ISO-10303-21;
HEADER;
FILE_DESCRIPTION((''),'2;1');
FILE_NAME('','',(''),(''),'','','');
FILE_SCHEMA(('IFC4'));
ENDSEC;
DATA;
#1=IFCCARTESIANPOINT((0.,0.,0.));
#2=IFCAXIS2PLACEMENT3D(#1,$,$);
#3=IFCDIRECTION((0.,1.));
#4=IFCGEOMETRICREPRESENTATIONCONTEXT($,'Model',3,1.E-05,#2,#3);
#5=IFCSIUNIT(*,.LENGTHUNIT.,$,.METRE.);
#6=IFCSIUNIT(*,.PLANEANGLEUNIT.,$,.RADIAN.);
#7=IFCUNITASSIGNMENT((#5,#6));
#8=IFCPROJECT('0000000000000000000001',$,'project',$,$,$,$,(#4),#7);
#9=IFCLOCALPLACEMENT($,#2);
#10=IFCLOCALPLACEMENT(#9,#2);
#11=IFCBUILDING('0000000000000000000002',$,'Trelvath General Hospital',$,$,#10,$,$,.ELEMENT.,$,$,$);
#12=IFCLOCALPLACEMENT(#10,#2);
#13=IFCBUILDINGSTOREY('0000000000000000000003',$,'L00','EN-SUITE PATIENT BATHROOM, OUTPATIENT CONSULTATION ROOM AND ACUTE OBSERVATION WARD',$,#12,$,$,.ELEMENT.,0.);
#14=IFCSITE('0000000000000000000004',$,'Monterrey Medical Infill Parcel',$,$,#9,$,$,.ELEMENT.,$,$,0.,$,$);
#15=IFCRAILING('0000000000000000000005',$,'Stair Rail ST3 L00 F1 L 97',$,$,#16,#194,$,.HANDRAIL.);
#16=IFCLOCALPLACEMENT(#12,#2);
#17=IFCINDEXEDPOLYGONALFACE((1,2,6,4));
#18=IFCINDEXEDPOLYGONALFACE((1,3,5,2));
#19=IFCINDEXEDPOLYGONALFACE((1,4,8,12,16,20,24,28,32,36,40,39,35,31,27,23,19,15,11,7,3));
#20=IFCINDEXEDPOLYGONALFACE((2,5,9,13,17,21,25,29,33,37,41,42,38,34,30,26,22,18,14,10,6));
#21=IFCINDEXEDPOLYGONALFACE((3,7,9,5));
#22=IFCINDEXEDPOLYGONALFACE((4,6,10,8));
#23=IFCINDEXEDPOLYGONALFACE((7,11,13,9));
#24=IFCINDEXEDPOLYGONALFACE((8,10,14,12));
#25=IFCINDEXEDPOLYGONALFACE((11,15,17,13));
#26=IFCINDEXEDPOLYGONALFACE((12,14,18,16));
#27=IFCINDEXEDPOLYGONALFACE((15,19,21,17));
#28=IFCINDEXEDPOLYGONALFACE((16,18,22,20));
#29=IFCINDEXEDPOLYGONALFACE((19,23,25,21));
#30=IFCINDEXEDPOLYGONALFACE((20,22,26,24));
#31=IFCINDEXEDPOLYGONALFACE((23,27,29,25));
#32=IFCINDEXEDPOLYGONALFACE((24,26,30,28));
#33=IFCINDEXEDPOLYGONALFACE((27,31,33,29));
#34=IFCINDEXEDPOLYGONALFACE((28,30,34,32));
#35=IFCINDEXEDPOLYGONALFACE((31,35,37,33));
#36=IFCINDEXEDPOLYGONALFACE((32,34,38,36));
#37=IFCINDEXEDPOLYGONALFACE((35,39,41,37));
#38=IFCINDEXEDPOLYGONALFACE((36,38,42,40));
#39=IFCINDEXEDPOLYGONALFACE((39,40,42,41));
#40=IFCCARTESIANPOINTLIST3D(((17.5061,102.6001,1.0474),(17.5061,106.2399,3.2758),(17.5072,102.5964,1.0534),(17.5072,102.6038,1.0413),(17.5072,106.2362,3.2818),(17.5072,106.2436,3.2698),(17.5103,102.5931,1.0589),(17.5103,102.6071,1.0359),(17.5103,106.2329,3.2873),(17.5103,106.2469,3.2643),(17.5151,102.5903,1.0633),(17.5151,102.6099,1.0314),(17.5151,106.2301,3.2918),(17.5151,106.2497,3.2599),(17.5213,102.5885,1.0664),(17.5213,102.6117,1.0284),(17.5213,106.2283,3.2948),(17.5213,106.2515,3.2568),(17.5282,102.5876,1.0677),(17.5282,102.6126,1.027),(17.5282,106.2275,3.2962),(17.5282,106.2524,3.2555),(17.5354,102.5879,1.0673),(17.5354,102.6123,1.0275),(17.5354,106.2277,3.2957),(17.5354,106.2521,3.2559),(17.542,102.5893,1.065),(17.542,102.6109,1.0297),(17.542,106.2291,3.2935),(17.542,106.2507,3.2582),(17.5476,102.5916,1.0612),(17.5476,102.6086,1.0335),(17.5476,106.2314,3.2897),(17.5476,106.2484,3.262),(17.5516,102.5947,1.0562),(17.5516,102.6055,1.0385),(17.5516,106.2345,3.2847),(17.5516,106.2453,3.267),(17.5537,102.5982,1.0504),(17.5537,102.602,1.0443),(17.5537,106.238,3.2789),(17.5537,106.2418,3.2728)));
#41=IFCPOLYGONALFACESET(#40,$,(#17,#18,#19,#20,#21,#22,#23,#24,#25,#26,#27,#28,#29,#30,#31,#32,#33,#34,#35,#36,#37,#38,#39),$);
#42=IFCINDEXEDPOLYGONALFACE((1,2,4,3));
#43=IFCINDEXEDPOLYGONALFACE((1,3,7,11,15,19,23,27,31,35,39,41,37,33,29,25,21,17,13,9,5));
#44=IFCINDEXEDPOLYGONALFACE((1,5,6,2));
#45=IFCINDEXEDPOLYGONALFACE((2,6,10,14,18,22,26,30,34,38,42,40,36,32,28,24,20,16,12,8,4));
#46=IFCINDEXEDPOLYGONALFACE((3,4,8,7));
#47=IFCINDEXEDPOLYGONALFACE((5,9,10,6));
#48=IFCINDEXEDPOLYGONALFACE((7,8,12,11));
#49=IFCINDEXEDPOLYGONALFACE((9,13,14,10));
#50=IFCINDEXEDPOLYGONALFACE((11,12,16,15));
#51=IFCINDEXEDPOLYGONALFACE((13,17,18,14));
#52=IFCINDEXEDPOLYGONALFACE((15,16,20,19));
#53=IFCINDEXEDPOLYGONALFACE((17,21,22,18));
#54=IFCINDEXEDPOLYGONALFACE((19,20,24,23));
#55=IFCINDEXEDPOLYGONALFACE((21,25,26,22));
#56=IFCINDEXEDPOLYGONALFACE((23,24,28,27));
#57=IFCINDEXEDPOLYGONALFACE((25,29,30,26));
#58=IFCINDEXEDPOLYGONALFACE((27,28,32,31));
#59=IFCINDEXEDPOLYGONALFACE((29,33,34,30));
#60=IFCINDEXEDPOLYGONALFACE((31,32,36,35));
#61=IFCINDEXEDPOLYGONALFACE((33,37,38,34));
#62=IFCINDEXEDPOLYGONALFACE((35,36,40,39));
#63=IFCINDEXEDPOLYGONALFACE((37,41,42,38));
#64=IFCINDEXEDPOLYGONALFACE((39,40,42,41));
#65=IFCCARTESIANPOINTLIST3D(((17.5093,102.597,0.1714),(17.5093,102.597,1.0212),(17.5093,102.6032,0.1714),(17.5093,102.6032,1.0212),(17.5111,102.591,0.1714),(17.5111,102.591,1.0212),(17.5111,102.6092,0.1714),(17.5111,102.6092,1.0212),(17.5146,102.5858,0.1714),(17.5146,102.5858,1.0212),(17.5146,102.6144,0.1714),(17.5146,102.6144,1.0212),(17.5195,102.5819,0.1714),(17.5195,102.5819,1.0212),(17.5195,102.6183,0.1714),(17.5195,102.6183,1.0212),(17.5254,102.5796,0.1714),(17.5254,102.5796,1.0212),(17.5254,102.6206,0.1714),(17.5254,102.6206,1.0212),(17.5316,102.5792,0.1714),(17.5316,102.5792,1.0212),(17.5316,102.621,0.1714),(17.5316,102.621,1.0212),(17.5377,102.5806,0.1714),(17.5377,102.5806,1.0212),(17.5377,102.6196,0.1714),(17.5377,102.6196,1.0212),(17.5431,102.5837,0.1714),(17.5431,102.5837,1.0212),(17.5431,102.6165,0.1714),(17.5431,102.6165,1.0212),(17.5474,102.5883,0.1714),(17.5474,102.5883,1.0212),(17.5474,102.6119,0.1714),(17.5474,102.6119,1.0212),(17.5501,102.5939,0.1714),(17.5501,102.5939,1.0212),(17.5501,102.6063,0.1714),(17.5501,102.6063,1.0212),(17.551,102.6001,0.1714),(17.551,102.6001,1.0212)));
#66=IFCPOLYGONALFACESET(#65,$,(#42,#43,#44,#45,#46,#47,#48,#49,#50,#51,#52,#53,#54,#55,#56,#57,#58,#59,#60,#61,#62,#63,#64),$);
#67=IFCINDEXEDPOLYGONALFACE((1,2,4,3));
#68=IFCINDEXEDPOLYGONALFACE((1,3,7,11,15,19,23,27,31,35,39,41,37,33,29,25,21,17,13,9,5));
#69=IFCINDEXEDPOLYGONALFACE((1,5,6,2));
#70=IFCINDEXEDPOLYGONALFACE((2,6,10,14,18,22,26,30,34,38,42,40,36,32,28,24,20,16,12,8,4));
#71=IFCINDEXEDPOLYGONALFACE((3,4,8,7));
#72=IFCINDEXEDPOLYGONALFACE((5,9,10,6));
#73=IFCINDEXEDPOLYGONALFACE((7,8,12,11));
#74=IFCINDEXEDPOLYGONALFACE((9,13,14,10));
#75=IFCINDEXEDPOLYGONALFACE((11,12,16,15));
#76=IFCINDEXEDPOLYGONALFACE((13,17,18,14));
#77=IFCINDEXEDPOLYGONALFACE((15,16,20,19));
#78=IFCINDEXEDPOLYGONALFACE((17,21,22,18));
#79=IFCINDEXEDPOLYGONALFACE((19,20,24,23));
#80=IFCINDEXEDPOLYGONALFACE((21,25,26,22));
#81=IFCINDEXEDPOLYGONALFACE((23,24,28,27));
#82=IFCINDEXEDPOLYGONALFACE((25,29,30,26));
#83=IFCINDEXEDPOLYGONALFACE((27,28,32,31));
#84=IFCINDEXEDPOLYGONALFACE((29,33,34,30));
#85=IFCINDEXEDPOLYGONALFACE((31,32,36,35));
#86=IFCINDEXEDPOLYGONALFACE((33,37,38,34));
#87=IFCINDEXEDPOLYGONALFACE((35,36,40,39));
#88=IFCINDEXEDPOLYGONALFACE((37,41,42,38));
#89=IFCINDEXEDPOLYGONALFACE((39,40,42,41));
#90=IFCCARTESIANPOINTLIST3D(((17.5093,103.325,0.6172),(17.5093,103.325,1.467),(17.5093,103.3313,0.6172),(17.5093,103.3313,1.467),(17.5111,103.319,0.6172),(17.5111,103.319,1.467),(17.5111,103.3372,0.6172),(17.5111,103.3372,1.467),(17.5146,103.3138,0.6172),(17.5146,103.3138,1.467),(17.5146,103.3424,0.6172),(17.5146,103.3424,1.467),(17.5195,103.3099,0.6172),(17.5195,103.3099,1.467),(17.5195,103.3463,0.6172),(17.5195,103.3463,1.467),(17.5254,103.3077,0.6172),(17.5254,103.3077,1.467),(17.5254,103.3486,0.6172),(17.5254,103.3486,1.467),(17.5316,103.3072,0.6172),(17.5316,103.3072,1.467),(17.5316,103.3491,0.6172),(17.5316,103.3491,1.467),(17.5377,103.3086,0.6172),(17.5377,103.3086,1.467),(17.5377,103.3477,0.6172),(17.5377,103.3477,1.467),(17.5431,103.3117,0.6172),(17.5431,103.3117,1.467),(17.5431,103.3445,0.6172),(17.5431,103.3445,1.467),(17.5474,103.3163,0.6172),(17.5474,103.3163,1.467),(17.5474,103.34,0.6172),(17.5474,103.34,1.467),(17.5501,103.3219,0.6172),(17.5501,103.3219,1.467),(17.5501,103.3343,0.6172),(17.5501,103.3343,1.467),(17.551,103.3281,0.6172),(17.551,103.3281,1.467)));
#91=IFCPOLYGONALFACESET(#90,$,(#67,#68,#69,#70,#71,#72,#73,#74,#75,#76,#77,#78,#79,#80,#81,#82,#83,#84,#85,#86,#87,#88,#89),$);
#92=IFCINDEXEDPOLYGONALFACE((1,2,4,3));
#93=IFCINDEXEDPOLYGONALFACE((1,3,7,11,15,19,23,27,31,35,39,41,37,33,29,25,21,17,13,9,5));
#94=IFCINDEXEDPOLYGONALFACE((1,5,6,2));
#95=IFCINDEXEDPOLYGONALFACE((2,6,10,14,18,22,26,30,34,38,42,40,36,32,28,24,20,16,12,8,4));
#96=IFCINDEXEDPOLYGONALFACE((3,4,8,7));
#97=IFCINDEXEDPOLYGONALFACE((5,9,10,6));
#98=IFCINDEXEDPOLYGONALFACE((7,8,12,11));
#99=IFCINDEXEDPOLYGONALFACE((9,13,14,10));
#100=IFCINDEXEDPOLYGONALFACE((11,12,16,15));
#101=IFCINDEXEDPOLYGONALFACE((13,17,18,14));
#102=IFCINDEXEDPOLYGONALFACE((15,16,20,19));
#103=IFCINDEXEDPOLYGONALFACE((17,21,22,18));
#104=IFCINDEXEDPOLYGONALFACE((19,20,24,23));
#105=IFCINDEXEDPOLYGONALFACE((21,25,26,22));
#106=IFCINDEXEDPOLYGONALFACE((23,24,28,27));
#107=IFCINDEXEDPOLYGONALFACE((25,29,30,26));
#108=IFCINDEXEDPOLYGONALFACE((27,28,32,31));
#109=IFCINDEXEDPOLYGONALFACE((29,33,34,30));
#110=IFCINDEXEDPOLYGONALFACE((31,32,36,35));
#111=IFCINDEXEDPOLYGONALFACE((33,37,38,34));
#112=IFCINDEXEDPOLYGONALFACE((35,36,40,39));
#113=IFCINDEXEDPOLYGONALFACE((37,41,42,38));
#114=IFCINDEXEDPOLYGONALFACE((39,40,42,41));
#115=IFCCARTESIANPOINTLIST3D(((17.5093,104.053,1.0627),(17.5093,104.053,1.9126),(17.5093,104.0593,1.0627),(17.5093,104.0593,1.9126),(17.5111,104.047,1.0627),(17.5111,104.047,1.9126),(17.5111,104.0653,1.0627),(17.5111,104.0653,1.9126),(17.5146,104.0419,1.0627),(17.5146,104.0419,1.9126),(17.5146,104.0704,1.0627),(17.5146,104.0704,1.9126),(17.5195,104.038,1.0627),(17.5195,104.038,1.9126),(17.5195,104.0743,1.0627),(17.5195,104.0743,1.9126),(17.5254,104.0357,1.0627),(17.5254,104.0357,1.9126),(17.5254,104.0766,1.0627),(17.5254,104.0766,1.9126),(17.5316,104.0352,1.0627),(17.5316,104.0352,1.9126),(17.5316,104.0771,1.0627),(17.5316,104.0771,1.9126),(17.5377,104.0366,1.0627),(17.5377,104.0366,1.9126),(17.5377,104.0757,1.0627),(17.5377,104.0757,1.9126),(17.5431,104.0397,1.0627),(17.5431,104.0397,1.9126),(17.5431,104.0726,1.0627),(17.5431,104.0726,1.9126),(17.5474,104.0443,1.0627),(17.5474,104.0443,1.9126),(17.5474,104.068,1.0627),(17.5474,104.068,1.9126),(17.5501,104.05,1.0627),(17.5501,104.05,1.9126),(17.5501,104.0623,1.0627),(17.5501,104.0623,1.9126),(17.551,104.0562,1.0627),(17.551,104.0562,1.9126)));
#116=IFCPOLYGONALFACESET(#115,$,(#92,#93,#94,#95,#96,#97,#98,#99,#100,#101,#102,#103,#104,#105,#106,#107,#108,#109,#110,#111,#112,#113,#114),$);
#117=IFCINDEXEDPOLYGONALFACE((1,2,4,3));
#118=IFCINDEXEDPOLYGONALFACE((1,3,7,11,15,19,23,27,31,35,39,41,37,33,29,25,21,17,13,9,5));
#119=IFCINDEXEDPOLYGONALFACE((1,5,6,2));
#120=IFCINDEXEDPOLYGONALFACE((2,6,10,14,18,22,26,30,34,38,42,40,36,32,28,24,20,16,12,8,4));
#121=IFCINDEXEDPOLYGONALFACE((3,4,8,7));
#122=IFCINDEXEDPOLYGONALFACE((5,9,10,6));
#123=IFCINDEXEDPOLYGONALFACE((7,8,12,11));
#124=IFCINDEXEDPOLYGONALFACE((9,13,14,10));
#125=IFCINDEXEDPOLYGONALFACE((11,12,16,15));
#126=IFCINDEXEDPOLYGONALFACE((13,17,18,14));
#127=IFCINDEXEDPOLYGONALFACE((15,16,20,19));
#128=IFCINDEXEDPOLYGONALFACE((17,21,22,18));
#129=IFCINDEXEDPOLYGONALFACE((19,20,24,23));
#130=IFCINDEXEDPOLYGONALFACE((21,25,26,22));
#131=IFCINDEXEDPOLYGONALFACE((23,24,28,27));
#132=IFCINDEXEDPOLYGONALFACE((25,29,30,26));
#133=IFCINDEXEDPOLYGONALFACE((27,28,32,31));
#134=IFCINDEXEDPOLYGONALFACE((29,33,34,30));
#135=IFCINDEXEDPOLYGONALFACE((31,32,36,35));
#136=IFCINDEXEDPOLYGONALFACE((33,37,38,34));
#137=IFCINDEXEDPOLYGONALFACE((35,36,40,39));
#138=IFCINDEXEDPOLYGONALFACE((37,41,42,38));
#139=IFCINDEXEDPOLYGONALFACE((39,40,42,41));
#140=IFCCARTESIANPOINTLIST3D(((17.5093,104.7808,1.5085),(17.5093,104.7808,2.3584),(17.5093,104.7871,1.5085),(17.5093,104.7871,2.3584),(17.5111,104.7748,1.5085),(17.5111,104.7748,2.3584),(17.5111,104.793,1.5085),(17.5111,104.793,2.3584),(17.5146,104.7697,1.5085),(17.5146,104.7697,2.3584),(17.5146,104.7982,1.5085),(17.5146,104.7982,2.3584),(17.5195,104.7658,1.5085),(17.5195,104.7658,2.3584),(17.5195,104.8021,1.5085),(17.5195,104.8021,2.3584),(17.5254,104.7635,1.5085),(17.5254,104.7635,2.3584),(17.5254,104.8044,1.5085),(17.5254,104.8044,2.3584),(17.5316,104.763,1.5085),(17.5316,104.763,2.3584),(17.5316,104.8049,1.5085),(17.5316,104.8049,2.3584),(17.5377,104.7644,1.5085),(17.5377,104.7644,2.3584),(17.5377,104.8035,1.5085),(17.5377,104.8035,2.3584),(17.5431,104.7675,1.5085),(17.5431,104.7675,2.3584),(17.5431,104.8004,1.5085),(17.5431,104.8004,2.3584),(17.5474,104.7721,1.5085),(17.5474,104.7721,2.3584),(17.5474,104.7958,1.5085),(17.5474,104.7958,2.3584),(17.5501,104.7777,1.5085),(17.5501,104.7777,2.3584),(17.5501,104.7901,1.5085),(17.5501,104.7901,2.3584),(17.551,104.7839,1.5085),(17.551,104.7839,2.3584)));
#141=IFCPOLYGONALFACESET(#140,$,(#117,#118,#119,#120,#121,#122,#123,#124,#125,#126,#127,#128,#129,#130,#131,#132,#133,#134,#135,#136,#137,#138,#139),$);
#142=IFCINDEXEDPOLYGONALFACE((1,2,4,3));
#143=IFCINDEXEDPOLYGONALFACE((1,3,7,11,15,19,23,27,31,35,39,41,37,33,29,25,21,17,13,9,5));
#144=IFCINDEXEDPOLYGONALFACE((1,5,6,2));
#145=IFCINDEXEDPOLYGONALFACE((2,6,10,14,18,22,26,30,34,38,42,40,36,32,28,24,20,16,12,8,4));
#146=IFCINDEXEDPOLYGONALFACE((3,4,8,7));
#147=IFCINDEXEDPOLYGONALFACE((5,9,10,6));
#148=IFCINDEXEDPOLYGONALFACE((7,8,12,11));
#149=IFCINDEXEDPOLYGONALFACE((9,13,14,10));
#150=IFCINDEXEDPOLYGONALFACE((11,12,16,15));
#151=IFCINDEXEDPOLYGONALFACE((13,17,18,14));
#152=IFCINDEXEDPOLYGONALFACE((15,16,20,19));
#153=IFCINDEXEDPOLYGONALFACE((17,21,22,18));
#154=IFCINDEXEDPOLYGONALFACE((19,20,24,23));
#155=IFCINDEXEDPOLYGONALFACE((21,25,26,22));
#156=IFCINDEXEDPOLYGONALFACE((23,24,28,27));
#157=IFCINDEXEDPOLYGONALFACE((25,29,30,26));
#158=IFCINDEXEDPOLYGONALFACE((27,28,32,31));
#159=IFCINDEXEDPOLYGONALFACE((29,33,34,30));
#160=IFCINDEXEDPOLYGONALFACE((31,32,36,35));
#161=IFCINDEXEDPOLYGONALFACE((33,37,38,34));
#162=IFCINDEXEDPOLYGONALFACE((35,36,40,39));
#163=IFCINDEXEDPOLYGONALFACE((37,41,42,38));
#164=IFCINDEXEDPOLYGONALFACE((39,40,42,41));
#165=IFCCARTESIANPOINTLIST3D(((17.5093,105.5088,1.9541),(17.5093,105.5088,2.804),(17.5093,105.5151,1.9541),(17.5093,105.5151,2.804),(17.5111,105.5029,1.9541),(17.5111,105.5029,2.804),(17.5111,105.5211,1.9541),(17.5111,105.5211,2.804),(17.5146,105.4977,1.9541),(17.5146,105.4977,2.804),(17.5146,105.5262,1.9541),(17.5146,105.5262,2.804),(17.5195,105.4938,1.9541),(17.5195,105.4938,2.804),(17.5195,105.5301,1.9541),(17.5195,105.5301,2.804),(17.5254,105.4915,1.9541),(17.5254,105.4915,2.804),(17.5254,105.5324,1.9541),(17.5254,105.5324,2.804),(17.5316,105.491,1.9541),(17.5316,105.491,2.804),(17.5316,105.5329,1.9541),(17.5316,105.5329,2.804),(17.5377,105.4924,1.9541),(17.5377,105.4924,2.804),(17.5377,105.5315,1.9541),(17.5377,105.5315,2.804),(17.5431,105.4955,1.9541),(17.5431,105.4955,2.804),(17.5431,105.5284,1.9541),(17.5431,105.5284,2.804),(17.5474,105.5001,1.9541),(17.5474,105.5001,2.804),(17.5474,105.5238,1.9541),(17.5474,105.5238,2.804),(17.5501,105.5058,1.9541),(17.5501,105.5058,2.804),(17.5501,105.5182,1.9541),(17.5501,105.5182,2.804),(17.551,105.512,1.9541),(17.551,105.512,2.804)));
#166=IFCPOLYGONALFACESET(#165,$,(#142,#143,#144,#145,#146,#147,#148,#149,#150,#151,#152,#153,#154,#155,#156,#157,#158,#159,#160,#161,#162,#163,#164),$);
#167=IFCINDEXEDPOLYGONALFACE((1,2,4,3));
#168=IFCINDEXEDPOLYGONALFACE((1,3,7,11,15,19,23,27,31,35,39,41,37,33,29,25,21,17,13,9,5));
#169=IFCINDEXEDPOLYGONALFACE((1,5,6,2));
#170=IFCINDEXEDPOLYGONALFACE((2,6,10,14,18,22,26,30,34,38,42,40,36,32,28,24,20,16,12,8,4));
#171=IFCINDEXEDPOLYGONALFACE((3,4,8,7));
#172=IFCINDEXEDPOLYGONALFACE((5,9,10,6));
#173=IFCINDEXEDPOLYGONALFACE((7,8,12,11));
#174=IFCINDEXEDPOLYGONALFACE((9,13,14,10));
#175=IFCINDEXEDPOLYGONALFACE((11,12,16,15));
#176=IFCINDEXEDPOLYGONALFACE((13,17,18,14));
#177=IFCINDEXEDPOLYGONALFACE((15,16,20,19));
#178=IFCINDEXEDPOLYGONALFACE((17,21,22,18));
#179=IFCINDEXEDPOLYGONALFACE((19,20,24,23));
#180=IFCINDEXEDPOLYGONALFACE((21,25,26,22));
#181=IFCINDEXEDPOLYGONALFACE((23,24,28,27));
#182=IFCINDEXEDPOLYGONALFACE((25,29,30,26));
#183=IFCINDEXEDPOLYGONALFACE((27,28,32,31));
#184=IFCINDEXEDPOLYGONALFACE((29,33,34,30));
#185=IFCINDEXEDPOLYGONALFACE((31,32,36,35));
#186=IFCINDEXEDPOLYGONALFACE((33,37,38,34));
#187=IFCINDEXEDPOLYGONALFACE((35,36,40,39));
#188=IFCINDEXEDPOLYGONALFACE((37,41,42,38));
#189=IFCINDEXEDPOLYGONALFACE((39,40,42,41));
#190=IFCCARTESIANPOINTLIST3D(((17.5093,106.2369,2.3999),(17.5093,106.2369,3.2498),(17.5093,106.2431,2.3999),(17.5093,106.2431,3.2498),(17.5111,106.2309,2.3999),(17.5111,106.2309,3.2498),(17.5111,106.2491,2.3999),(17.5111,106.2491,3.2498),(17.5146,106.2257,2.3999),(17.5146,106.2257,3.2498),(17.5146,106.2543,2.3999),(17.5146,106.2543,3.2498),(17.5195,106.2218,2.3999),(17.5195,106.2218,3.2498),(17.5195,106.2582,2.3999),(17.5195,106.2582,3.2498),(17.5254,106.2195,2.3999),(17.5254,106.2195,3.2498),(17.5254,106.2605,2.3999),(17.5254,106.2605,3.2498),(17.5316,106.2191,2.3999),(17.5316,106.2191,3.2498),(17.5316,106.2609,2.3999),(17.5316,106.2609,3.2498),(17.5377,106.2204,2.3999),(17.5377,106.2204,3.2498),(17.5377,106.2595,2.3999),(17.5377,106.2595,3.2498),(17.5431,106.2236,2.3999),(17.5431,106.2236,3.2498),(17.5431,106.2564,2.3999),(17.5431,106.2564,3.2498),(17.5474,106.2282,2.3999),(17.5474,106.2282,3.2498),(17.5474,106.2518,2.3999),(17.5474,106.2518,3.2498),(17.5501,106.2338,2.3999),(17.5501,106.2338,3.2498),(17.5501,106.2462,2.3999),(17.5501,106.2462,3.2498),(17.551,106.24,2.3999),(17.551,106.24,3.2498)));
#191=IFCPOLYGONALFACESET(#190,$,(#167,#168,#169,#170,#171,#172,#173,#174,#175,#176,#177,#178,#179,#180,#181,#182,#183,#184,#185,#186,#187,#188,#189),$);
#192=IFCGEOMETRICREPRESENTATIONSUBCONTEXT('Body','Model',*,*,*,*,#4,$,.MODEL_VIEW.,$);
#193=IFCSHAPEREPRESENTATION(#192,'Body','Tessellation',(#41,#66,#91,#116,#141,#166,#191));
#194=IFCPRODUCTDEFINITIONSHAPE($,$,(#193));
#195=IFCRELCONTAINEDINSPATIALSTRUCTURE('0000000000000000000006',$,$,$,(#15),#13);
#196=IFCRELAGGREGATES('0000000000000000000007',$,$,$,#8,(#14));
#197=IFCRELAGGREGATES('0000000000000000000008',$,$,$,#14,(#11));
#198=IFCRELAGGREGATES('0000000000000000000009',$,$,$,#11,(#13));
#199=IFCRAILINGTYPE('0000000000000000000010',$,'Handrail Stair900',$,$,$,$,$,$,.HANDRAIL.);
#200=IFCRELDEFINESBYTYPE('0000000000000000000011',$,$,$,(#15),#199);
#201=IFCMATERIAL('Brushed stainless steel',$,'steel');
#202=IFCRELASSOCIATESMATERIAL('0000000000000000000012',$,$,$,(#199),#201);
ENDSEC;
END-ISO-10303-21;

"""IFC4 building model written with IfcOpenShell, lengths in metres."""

from ifc_helpers import new_model, si_unit, direction, frame, origin, origin_2d, place, context, subcontext, project, spatial, circle, extrude, material, type_object, element, save


model = new_model("IFC4")

# Units and contexts
model_context = context("Model", 3, precision=1e-05, world=origin(), true_north=direction((0.0, 1.0)))
body_context = subcontext(model_context, "Body", "Model", "MODEL_VIEW")
ifc_project = project(units=[si_unit("LENGTHUNIT", "METRE"), si_unit("PLANEANGLEUNIT", "RADIAN")], contexts=[model_context])

# Site, building, storey
site_placement = place(None, origin())
site = spatial("IfcSite", under=ifc_project, at=site_placement, Name="Monterrey Medical Infill Parcel", CompositionType="ELEMENT", RefElevation=0.0)
building_placement = place(site_placement, origin())
building = spatial("IfcBuilding", under=site, at=building_placement, Name="Trelvath General Hospital", CompositionType="ELEMENT")
storey_placement = place(building_placement, origin())
storey = spatial("IfcBuildingStorey", under=building, at=storey_placement, Name="L00", Description="EN-SUITE PATIENT BATHROOM, OUTPATIENT CONSULTATION ROOM AND ACUTE OBSERVATION WARD", CompositionType="ELEMENT", Elevation=0.0)

# Railing
ifc_material_1 = material(Name="Brushed stainless steel", Category="steel")
railing_type_1 = type_object("IfcRailingType", Name="Handrail Stair900", PredefinedType="HANDRAIL", material=ifc_material_1)
railing_1_placement = place(storey_placement, frame((17.53, 102.6001, 0.1714)))
element("IfcRailing", 1, at=railing_1_placement, inside=storey, type_object=railing_type_1, Name="Stair Rail ST3 L00 F1 L 97", PredefinedType="HANDRAIL", context=body_context, shape_type="SweptSolid", body=[
    extrude(circle(Radius=0.0239, at=origin_2d()), frame((0.0, 0.0, 0.876), z_axis=(0.0, 0.85285, 0.522156), x_axis=(-1.0, 0.0, 0.0)), (0.0, 0.0, 1.0), 4.2678),
    extrude(circle(Radius=0.021, at=origin_2d()), origin(), (0.0, 0.0, 1.0), 0.8499),
    extrude(circle(Radius=0.021, at=origin_2d()), frame((0.0, 0.728, 0.4458)), (0.0, 0.0, 1.0), 0.8499),
    extrude(circle(Radius=0.021, at=origin_2d()), frame((0.0, 1.4561, 0.8914)), (0.0, 0.0, 1.0), 0.8499),
    extrude(circle(Radius=0.021, at=origin_2d()), frame((0.0, 2.1838, 1.3372)), (0.0, 0.0, 1.0), 0.8499),
    extrude(circle(Radius=0.021, at=origin_2d()), frame((0.0, 2.9119, 1.7827)), (0.0, 0.0, 1.0), 0.8499),
    extrude(circle(Radius=0.021, at=origin_2d()), frame((0.0, 3.6399, 2.2285)), (0.0, 0.0, 1.0), 0.8499),
])

save(model, "model.ifc")
